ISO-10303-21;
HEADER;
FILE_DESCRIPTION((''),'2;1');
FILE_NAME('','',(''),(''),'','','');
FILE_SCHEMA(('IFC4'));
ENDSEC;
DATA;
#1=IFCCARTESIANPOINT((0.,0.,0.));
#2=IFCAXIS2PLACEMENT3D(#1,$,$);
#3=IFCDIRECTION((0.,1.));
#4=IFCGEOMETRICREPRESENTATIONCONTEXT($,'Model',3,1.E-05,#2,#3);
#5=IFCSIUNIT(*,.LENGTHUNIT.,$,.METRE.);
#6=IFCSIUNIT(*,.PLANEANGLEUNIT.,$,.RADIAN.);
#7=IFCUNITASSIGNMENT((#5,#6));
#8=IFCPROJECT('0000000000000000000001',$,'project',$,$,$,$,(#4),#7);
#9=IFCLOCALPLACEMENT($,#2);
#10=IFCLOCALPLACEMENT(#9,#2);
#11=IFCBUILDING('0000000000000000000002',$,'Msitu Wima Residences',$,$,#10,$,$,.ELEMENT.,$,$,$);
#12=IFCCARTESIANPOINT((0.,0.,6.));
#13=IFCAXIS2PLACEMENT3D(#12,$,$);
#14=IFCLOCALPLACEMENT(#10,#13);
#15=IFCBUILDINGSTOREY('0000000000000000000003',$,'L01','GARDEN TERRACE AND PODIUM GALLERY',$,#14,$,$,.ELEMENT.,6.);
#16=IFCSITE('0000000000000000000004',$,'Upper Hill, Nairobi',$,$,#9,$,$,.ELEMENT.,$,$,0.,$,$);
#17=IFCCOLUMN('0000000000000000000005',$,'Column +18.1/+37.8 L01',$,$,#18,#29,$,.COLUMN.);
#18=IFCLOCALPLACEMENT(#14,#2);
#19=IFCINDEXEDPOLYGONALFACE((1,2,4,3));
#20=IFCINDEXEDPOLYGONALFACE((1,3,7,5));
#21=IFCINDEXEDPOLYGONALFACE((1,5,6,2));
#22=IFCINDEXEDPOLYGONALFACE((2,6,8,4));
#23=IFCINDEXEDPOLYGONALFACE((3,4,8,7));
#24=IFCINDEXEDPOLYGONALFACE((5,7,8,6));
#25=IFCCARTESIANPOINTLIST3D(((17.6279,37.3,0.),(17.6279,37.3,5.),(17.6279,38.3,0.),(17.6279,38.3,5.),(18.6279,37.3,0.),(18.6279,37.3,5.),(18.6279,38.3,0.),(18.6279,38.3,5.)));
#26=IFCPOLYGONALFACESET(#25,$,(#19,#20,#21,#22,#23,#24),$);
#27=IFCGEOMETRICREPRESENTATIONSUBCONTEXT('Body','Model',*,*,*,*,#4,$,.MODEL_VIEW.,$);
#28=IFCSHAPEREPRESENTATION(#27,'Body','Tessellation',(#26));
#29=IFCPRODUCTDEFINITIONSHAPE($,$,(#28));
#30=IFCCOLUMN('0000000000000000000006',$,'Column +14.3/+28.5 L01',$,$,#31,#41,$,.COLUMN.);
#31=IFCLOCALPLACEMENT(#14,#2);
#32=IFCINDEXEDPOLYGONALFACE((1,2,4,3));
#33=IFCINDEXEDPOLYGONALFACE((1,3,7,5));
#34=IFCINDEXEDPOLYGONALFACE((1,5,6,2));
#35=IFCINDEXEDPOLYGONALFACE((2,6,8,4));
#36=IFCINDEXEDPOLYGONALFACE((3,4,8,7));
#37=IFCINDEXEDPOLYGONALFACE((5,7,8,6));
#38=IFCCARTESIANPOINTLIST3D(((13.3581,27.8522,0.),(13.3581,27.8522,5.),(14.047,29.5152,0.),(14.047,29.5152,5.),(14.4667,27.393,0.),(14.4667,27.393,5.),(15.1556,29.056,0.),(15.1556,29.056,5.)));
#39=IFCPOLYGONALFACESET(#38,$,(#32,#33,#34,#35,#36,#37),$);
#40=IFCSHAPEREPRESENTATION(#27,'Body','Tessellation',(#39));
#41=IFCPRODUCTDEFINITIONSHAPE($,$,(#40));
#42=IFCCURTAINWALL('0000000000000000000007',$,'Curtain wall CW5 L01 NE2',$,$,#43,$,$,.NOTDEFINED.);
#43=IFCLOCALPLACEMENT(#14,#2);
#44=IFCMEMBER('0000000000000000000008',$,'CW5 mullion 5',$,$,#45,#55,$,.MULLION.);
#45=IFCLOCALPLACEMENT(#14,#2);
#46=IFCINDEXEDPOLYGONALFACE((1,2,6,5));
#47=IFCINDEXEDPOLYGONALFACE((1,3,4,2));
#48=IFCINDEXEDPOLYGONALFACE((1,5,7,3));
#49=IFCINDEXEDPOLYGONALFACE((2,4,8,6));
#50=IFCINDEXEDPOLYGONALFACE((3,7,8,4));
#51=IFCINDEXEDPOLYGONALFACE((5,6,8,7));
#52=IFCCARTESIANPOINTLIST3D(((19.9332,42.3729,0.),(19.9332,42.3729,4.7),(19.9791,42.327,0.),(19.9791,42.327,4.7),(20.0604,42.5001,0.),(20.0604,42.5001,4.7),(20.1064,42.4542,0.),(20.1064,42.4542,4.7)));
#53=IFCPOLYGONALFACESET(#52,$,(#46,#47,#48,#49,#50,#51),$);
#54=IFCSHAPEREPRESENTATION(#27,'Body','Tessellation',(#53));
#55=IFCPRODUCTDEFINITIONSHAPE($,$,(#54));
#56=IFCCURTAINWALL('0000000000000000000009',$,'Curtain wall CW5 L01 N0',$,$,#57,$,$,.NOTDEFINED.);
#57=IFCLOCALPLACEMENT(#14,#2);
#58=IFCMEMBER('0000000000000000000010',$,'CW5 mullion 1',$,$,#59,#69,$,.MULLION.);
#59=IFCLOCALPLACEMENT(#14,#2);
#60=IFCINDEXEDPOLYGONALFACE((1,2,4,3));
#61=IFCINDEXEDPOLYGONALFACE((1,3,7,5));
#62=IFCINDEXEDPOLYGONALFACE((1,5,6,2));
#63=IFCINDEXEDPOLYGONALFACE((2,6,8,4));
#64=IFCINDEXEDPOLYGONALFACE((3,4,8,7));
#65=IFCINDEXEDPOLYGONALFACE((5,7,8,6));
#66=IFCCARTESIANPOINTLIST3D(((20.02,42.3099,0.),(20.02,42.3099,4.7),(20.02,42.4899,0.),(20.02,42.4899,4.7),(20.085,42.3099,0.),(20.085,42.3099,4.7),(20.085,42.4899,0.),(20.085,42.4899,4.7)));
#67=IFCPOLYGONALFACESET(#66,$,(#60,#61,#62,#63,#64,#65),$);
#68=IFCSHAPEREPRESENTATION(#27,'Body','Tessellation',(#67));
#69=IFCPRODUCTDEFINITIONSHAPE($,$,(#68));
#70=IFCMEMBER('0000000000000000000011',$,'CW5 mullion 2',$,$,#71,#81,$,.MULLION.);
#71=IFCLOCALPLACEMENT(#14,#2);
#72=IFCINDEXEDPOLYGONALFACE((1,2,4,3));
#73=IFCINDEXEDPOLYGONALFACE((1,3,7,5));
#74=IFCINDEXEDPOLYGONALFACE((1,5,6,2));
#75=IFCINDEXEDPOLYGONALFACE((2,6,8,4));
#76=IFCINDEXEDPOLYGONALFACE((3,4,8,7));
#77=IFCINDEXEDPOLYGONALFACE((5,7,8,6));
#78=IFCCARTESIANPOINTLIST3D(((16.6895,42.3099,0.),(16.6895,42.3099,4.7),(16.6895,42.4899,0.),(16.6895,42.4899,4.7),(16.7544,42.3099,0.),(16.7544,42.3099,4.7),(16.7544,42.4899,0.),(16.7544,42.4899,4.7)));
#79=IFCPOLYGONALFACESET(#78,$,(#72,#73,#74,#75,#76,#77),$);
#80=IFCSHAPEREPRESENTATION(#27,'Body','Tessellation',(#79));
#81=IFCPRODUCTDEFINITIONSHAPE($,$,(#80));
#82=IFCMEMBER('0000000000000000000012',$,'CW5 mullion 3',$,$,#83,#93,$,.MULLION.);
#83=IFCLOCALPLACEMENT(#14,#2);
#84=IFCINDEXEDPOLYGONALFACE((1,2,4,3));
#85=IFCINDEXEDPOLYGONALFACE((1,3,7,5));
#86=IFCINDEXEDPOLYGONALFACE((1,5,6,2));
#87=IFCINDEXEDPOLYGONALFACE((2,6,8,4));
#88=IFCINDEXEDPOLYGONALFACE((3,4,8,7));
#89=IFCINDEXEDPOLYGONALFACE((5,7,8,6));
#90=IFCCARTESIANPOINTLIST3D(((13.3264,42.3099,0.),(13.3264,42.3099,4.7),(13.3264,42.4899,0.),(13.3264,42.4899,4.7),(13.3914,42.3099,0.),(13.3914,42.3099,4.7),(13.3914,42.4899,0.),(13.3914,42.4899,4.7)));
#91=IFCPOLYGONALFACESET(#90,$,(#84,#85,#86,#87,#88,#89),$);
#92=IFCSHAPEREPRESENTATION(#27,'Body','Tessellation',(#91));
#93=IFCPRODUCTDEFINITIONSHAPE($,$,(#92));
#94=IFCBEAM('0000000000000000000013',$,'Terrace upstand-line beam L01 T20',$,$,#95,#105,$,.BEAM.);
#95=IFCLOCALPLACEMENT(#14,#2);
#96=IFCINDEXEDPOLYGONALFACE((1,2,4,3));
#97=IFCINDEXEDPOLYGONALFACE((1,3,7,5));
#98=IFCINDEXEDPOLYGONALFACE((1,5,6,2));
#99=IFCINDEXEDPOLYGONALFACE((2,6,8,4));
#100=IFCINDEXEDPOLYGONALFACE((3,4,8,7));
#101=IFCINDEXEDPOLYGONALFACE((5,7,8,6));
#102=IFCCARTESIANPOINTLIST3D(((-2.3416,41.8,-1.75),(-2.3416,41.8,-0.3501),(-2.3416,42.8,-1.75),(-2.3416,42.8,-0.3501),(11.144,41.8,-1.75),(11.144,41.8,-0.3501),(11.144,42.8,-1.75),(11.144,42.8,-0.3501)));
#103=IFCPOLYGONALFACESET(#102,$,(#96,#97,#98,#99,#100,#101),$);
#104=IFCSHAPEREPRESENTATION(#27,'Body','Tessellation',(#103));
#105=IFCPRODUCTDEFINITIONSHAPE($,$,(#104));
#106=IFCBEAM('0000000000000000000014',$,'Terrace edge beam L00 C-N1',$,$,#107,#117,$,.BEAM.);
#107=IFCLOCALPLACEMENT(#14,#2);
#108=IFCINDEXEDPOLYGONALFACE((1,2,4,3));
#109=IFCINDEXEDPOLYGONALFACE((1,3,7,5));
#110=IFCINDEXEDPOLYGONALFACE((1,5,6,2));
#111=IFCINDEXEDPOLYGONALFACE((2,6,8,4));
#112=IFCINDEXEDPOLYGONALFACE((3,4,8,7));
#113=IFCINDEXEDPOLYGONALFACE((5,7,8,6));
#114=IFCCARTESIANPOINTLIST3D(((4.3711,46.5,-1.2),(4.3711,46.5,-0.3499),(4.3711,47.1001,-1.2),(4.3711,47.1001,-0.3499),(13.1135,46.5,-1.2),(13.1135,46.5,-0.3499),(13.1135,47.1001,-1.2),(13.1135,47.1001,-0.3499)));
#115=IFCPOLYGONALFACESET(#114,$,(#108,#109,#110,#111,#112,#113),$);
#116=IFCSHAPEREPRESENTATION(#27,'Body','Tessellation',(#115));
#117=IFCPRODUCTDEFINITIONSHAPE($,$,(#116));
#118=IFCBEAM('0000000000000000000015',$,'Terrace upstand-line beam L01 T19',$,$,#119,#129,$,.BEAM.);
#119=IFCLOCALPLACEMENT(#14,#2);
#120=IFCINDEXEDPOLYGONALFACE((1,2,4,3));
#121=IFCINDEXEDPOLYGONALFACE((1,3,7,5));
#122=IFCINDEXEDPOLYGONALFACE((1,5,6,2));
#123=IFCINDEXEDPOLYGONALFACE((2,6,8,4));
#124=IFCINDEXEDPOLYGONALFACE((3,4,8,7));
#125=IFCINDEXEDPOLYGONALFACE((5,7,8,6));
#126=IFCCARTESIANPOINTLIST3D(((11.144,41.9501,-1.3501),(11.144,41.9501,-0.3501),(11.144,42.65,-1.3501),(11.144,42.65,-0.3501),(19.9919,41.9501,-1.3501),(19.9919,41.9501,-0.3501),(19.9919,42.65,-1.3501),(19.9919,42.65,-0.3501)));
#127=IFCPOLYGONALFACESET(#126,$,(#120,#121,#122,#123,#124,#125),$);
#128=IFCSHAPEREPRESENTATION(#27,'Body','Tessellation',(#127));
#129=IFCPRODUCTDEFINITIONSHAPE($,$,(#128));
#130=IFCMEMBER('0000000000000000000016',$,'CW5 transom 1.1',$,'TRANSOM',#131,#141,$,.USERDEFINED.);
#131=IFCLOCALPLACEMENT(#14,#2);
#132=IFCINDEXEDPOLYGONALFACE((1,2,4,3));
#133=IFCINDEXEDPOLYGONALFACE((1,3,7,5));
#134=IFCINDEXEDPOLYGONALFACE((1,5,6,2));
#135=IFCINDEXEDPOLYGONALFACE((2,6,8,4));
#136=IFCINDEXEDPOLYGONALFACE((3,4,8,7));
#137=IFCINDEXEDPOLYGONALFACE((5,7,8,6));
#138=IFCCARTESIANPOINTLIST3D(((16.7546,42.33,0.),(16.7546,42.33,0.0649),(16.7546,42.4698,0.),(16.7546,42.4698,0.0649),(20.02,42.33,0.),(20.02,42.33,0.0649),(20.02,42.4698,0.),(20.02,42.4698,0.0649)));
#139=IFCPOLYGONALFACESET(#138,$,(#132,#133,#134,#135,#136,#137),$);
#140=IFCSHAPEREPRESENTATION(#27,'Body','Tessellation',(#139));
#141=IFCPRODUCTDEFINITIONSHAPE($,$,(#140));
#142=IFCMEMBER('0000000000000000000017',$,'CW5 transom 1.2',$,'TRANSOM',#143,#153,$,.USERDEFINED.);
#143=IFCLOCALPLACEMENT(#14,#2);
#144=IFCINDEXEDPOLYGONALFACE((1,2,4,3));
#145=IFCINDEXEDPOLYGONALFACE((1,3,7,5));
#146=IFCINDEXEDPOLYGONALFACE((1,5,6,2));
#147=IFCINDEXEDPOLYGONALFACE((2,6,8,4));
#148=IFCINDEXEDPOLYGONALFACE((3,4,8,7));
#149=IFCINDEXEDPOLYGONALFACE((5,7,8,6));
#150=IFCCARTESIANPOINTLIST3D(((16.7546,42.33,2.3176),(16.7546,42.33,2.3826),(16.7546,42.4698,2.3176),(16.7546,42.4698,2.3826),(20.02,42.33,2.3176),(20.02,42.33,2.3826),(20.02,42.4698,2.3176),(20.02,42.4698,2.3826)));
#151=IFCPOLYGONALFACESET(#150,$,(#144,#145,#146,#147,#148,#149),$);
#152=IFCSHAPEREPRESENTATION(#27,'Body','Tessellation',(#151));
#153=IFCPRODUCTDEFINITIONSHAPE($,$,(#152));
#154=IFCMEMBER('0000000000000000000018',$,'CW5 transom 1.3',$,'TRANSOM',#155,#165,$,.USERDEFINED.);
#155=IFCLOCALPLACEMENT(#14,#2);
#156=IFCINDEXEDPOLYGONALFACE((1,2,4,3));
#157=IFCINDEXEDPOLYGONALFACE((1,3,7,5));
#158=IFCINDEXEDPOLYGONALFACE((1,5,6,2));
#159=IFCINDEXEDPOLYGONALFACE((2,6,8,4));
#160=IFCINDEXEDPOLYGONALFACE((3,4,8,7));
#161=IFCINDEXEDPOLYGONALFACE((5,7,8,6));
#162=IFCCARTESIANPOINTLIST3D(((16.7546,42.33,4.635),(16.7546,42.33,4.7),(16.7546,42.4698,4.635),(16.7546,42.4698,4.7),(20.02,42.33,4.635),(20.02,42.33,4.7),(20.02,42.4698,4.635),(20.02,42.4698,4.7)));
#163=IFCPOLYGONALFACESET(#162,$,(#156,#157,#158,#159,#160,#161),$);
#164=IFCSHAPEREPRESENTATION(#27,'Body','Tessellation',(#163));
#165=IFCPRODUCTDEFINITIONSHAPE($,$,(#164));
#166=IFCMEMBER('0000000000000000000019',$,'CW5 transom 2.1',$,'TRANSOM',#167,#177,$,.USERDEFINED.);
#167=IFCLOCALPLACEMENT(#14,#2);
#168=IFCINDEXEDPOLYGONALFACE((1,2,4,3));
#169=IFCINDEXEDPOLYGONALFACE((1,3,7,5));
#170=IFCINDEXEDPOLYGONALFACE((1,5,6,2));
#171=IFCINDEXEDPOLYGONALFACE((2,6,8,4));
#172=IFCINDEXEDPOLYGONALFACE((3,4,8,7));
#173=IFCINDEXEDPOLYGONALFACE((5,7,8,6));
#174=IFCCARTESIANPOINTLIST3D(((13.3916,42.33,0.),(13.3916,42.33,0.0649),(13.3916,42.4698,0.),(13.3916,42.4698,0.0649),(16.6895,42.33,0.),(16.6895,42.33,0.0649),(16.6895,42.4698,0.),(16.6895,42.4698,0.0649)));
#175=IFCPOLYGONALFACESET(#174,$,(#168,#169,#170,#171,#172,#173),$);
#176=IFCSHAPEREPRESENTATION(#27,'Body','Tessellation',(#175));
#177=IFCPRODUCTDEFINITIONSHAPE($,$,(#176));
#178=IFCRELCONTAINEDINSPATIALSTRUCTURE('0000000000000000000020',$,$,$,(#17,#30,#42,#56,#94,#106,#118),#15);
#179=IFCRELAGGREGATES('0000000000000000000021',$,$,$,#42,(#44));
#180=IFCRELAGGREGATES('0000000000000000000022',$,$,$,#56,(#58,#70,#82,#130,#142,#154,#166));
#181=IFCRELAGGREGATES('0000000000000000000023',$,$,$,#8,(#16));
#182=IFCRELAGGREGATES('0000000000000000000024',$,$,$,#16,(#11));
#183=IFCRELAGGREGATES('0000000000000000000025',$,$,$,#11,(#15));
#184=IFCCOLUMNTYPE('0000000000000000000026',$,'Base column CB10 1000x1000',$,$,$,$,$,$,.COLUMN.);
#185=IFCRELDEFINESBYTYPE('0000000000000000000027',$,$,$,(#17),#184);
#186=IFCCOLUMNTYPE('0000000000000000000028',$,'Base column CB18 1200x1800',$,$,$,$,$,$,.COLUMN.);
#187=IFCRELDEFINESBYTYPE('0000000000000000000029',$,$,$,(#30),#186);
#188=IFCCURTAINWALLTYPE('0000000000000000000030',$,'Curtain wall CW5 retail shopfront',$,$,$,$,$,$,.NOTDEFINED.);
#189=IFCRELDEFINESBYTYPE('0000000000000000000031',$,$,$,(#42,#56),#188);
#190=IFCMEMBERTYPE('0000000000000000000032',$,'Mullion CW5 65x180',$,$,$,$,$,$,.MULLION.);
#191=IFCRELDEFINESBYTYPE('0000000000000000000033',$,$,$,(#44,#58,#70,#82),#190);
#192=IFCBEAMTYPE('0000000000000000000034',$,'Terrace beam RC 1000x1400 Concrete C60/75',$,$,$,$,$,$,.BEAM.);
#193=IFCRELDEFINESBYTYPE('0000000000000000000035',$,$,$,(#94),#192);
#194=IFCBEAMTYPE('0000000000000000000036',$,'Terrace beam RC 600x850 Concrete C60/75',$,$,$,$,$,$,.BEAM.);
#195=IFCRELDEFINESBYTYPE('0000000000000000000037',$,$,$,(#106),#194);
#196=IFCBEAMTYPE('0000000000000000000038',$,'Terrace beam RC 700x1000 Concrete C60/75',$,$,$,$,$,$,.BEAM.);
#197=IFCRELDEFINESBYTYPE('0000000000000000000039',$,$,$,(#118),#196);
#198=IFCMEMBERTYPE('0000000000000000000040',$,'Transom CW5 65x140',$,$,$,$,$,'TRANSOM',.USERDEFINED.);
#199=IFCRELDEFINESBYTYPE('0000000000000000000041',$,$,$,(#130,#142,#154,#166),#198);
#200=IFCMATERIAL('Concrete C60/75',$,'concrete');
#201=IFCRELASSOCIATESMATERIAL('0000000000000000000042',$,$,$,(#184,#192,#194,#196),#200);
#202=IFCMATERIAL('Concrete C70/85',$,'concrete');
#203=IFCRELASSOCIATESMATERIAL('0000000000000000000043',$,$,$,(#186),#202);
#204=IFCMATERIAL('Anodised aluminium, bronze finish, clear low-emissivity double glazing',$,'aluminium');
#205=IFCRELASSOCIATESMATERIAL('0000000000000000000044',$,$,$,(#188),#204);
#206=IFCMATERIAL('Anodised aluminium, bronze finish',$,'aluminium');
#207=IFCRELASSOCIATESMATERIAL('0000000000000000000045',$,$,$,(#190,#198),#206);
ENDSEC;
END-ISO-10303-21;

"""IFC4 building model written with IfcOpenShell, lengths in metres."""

from ifc_helpers import new_model, si_unit, direction, frame, origin, origin_2d, place, context, subcontext, project, spatial, rectangle, extrude, material, material_profile, profile_set, type_object, element, aggregate, save


model = new_model("IFC4")

# Units and contexts
model_context = context("Model", 3, precision=1e-05, world=origin(), true_north=direction((0.0, 1.0)))
body_context = subcontext(model_context, "Body", "Model", "MODEL_VIEW")
ifc_project = project(units=[si_unit("LENGTHUNIT", "METRE"), si_unit("PLANEANGLEUNIT", "RADIAN")], contexts=[model_context])

# Site, building, storey
site_placement = place(None, origin())
site = spatial("IfcSite", under=ifc_project, at=site_placement, Name="Upper Hill, Nairobi", CompositionType="ELEMENT", RefElevation=0.0)
building_placement = place(site_placement, origin())
building = spatial("IfcBuilding", under=site, at=building_placement, Name="Msitu Wima Residences", CompositionType="ELEMENT")
storey_placement = place(building_placement, frame((0.0, 0.0, 6.0)))
storey = spatial("IfcBuildingStorey", under=building, at=storey_placement, Name="L01", Description="GARDEN TERRACE AND PODIUM GALLERY", CompositionType="ELEMENT", Elevation=6.0)

# Columns
ifc_material_1 = material(Name="Concrete C60/75", Category="concrete")
ifc_material_profile_1 = material_profile(ifc_material_1, rectangle(XDim=1.0, YDim=1.0, at=origin_2d()), Name="RC 1000x1000")
ifc_profile_set_1 = profile_set([ifc_material_profile_1], Name="Concrete C60/75")
column_type_1 = type_object("IfcColumnType", Name="Base column CB10 1000x1000", PredefinedType="COLUMN", material=ifc_profile_set_1)
column_1_placement = place(storey_placement, frame((18.1279, 37.8, 0.0), z_axis=(0.0, 0.0, 1.0), x_axis=(1.0, 0.0, 0.0)))
element("IfcColumn", 1, at=column_1_placement, inside=storey, type_object=column_type_1, Name="Column +18.1/+37.8 L01", PredefinedType="COLUMN", context=body_context, shape_type="SweptSolid", body=[
    extrude(rectangle(XDim=1.0, YDim=1.0, at=origin_2d()), origin(), (0.0, 0.0, 1.0), 5.0),
])
ifc_material_2 = material(Name="Concrete C70/85", Category="concrete")
ifc_material_profile_2 = material_profile(ifc_material_2, rectangle(XDim=1.2, YDim=1.8, at=origin_2d()), Name="RC 1200x1800")
ifc_profile_set_2 = profile_set([ifc_material_profile_2], Name="Concrete C70/85")
column_type_2 = type_object("IfcColumnType", Name="Base column CB18 1200x1800", PredefinedType="COLUMN", material=ifc_profile_set_2)
column_2_placement = place(storey_placement, frame((14.2568, 28.4541, 0.0), z_axis=(0.0, 0.0, 1.0), x_axis=(-0.92388, 0.382683, 0.0)))
element("IfcColumn", 2, at=column_2_placement, inside=storey, type_object=column_type_2, Name="Column +14.3/+28.5 L01", PredefinedType="COLUMN", context=body_context, shape_type="SweptSolid", body=[
    extrude(rectangle(XDim=1.2, YDim=1.8, at=origin_2d()), origin(), (0.0, 0.0, 1.0), 5.0),
])

# Curtain wall, member
ifc_material_3 = material(Name="Anodised aluminium, bronze finish, clear low-emissivity double glazing", Category="aluminium")
curtain_wall_type = type_object("IfcCurtainWallType", Name="Curtain wall CW5 retail shopfront", PredefinedType="NOTDEFINED", material=ifc_material_3)
curtain_wall_1_placement = place(storey_placement, origin())
curtain_wall_1 = element("IfcCurtainWall", 3, at=curtain_wall_1_placement, inside=storey, type_object=curtain_wall_type, Name="Curtain wall CW5 L01 NE2", PredefinedType="NOTDEFINED")
ifc_material_4 = material(Name="Anodised aluminium, bronze finish", Category="aluminium")
ifc_material_profile_3 = material_profile(ifc_material_4, rectangle(XDim=0.1799, YDim=0.0649, at=origin_2d()), Name="Mullion 65x180")
ifc_profile_set_3 = profile_set([ifc_material_profile_3], Name="Anodised aluminium, bronze finish")
member_type_1 = type_object("IfcMemberType", Name="Mullion CW5 65x180", PredefinedType="MULLION", material=ifc_profile_set_3)
member_1_placement = place(storey_placement, frame((20.0198, 42.4136, 0.0), z_axis=(0.0, 0.0, 1.0), x_axis=(-0.707107, -0.707107, 0.0)))
member_1 = element("IfcMember", 4, at=member_1_placement, type_object=member_type_1, Name="CW5 mullion 5", PredefinedType="MULLION", context=body_context, shape_type="SweptSolid", body=[
    extrude(rectangle(XDim=0.1799, YDim=0.0649, at=origin_2d()), origin(), (0.0, 0.0, 1.0), 4.7),
])

# Curtain wall, members
curtain_wall_2_placement = place(storey_placement, origin())
curtain_wall_2 = element("IfcCurtainWall", 5, at=curtain_wall_2_placement, inside=storey, type_object=curtain_wall_type, Name="Curtain wall CW5 L01 N0", PredefinedType="NOTDEFINED")
member_2_placement = place(storey_placement, frame((20.0525, 42.3999, 0.0), z_axis=(0.0, 0.0, 1.0), x_axis=(0.0, -1.0, 0.0)))
member_2 = element("IfcMember", 6, at=member_2_placement, type_object=member_type_1, Name="CW5 mullion 1", PredefinedType="MULLION", context=body_context, shape_type="SweptSolid", body=[
    extrude(rectangle(XDim=0.1799, YDim=0.0649, at=origin_2d()), origin(), (0.0, 0.0, 1.0), 4.7),
])
member_3_placement = place(storey_placement, frame((16.7219, 42.3999, 0.0), z_axis=(0.0, 0.0, 1.0), x_axis=(0.0, -1.0, 0.0)))
member_3 = element("IfcMember", 7, at=member_3_placement, type_object=member_type_1, Name="CW5 mullion 2", PredefinedType="MULLION", context=body_context, shape_type="SweptSolid", body=[
    extrude(rectangle(XDim=0.1799, YDim=0.0649, at=origin_2d()), origin(), (0.0, 0.0, 1.0), 4.7),
])
member_4_placement = place(storey_placement, frame((13.3589, 42.3999, 0.0), z_axis=(0.0, 0.0, 1.0), x_axis=(0.0, -1.0, 0.0)))
member_4 = element("IfcMember", 8, at=member_4_placement, type_object=member_type_1, Name="CW5 mullion 3", PredefinedType="MULLION", context=body_context, shape_type="SweptSolid", body=[
    extrude(rectangle(XDim=0.1799, YDim=0.0649, at=origin_2d()), origin(), (0.0, 0.0, 1.0), 4.7),
])

# Beams
ifc_material_profile_4 = material_profile(ifc_material_1, rectangle(XDim=1.0, YDim=1.3999, at=origin_2d()), Name="RC 1000x1400")
ifc_profile_set_4 = profile_set([ifc_material_profile_4], Name="Concrete C60/75")
beam_type_1 = type_object("IfcBeamType", Name="Terrace beam RC 1000x1400 Concrete C60/75", PredefinedType="BEAM", material=ifc_profile_set_4)
beam_1_placement = place(storey_placement, frame((11.144, 42.3, -1.05), z_axis=(-1.0, 0.0, 0.0), x_axis=(0.0, -1.0, 0.0)))
element("IfcBeam", 9, at=beam_1_placement, inside=storey, type_object=beam_type_1, Name="Terrace upstand-line beam L01 T20", PredefinedType="BEAM", context=body_context, shape_type="SweptSolid", body=[
    extrude(rectangle(XDim=1.0, YDim=1.3999, at=origin_2d()), origin(), (0.0, 0.0, 1.0), 13.4856),
])
ifc_material_profile_5 = material_profile(ifc_material_1, rectangle(XDim=0.6001, YDim=0.8501, at=origin_2d()), Name="RC 600x850")
ifc_profile_set_5 = profile_set([ifc_material_profile_5], Name="Concrete C60/75")
beam_type_2 = type_object("IfcBeamType", Name="Terrace beam RC 600x850 Concrete C60/75", PredefinedType="BEAM", material=ifc_profile_set_5)
beam_2_placement = place(storey_placement, frame((13.1135, 46.8, -0.7749), z_axis=(-1.0, 0.0, 0.0), x_axis=(0.0, -1.0, 0.0)))
element("IfcBeam", 10, at=beam_2_placement, inside=storey, type_object=beam_type_2, Name="Terrace edge beam L00 C-N1", PredefinedType="BEAM", context=body_context, shape_type="SweptSolid", body=[
    extrude(rectangle(XDim=0.6001, YDim=0.8501, at=origin_2d()), origin(), (0.0, 0.0, 1.0), 8.7424),
])
ifc_material_profile_6 = material_profile(ifc_material_1, rectangle(XDim=0.7, YDim=1.0, at=origin_2d()), Name="RC 700x1000")
ifc_profile_set_6 = profile_set([ifc_material_profile_6], Name="Concrete C60/75")
beam_type_3 = type_object("IfcBeamType", Name="Terrace beam RC 700x1000 Concrete C60/75", PredefinedType="BEAM", material=ifc_profile_set_6)
beam_3_placement = place(storey_placement, frame((19.9919, 42.3, -0.8501), z_axis=(-1.0, 0.0, 0.0), x_axis=(0.0, -1.0, 0.0)))
element("IfcBeam", 11, at=beam_3_placement, inside=storey, type_object=beam_type_3, Name="Terrace upstand-line beam L01 T19", PredefinedType="BEAM", context=body_context, shape_type="SweptSolid", body=[
    extrude(rectangle(XDim=0.7, YDim=1.0, at=origin_2d()), origin(), (0.0, 0.0, 1.0), 8.8479),
])

# Members
ifc_material_profile_7 = material_profile(ifc_material_4, rectangle(XDim=0.1399, YDim=0.0649, at=origin_2d()), Name="Transom 65x140")
ifc_profile_set_7 = profile_set([ifc_material_profile_7], Name="Anodised aluminium, bronze finish")
member_type_2 = type_object("IfcMemberType", Name="Transom CW5 65x140", ElementType="TRANSOM", PredefinedType="USERDEFINED", material=ifc_profile_set_7)
member_5_placement = place(storey_placement, frame((20.02, 42.3999, 0.0325), z_axis=(-1.0, 0.0, 0.0), x_axis=(0.0, -1.0, 0.0)))
member_5 = element("IfcMember", 12, at=member_5_placement, type_object=member_type_2, Name="CW5 transom 1.1", ObjectType="TRANSOM", PredefinedType="USERDEFINED", context=body_context, shape_type="SweptSolid", body=[
    extrude(rectangle(XDim=0.1399, YDim=0.0649, at=origin_2d()), origin(), (0.0, 0.0, 1.0), 3.2654),
])
member_6_placement = place(storey_placement, frame((20.02, 42.3999, 2.3501), z_axis=(-1.0, 0.0, 0.0), x_axis=(0.0, -1.0, 0.0)))
member_6 = element("IfcMember", 13, at=member_6_placement, type_object=member_type_2, Name="CW5 transom 1.2", ObjectType="TRANSOM", PredefinedType="USERDEFINED", context=body_context, shape_type="SweptSolid", body=[
    extrude(rectangle(XDim=0.1399, YDim=0.0649, at=origin_2d()), origin(), (0.0, 0.0, 1.0), 3.2654),
])
member_7_placement = place(storey_placement, frame((20.02, 42.3999, 4.6675), z_axis=(-1.0, 0.0, 0.0), x_axis=(0.0, -1.0, 0.0)))
member_7 = element("IfcMember", 14, at=member_7_placement, type_object=member_type_2, Name="CW5 transom 1.3", ObjectType="TRANSOM", PredefinedType="USERDEFINED", context=body_context, shape_type="SweptSolid", body=[
    extrude(rectangle(XDim=0.1399, YDim=0.0649, at=origin_2d()), origin(), (0.0, 0.0, 1.0), 3.2654),
])
member_8_placement = place(storey_placement, frame((16.6895, 42.3999, 0.0325), z_axis=(-1.0, 0.0, 0.0), x_axis=(0.0, -1.0, 0.0)))
member_8 = element("IfcMember", 15, at=member_8_placement, type_object=member_type_2, Name="CW5 transom 2.1", ObjectType="TRANSOM", PredefinedType="USERDEFINED", context=body_context, shape_type="SweptSolid", body=[
    extrude(rectangle(XDim=0.1399, YDim=0.0649, at=origin_2d()), origin(), (0.0, 0.0, 1.0), 3.2979),
])

aggregate(curtain_wall_1, [member_1])
aggregate(curtain_wall_2, [member_2, member_3, member_4, member_5, member_6, member_7, member_8])

save(model, "model.ifc")
